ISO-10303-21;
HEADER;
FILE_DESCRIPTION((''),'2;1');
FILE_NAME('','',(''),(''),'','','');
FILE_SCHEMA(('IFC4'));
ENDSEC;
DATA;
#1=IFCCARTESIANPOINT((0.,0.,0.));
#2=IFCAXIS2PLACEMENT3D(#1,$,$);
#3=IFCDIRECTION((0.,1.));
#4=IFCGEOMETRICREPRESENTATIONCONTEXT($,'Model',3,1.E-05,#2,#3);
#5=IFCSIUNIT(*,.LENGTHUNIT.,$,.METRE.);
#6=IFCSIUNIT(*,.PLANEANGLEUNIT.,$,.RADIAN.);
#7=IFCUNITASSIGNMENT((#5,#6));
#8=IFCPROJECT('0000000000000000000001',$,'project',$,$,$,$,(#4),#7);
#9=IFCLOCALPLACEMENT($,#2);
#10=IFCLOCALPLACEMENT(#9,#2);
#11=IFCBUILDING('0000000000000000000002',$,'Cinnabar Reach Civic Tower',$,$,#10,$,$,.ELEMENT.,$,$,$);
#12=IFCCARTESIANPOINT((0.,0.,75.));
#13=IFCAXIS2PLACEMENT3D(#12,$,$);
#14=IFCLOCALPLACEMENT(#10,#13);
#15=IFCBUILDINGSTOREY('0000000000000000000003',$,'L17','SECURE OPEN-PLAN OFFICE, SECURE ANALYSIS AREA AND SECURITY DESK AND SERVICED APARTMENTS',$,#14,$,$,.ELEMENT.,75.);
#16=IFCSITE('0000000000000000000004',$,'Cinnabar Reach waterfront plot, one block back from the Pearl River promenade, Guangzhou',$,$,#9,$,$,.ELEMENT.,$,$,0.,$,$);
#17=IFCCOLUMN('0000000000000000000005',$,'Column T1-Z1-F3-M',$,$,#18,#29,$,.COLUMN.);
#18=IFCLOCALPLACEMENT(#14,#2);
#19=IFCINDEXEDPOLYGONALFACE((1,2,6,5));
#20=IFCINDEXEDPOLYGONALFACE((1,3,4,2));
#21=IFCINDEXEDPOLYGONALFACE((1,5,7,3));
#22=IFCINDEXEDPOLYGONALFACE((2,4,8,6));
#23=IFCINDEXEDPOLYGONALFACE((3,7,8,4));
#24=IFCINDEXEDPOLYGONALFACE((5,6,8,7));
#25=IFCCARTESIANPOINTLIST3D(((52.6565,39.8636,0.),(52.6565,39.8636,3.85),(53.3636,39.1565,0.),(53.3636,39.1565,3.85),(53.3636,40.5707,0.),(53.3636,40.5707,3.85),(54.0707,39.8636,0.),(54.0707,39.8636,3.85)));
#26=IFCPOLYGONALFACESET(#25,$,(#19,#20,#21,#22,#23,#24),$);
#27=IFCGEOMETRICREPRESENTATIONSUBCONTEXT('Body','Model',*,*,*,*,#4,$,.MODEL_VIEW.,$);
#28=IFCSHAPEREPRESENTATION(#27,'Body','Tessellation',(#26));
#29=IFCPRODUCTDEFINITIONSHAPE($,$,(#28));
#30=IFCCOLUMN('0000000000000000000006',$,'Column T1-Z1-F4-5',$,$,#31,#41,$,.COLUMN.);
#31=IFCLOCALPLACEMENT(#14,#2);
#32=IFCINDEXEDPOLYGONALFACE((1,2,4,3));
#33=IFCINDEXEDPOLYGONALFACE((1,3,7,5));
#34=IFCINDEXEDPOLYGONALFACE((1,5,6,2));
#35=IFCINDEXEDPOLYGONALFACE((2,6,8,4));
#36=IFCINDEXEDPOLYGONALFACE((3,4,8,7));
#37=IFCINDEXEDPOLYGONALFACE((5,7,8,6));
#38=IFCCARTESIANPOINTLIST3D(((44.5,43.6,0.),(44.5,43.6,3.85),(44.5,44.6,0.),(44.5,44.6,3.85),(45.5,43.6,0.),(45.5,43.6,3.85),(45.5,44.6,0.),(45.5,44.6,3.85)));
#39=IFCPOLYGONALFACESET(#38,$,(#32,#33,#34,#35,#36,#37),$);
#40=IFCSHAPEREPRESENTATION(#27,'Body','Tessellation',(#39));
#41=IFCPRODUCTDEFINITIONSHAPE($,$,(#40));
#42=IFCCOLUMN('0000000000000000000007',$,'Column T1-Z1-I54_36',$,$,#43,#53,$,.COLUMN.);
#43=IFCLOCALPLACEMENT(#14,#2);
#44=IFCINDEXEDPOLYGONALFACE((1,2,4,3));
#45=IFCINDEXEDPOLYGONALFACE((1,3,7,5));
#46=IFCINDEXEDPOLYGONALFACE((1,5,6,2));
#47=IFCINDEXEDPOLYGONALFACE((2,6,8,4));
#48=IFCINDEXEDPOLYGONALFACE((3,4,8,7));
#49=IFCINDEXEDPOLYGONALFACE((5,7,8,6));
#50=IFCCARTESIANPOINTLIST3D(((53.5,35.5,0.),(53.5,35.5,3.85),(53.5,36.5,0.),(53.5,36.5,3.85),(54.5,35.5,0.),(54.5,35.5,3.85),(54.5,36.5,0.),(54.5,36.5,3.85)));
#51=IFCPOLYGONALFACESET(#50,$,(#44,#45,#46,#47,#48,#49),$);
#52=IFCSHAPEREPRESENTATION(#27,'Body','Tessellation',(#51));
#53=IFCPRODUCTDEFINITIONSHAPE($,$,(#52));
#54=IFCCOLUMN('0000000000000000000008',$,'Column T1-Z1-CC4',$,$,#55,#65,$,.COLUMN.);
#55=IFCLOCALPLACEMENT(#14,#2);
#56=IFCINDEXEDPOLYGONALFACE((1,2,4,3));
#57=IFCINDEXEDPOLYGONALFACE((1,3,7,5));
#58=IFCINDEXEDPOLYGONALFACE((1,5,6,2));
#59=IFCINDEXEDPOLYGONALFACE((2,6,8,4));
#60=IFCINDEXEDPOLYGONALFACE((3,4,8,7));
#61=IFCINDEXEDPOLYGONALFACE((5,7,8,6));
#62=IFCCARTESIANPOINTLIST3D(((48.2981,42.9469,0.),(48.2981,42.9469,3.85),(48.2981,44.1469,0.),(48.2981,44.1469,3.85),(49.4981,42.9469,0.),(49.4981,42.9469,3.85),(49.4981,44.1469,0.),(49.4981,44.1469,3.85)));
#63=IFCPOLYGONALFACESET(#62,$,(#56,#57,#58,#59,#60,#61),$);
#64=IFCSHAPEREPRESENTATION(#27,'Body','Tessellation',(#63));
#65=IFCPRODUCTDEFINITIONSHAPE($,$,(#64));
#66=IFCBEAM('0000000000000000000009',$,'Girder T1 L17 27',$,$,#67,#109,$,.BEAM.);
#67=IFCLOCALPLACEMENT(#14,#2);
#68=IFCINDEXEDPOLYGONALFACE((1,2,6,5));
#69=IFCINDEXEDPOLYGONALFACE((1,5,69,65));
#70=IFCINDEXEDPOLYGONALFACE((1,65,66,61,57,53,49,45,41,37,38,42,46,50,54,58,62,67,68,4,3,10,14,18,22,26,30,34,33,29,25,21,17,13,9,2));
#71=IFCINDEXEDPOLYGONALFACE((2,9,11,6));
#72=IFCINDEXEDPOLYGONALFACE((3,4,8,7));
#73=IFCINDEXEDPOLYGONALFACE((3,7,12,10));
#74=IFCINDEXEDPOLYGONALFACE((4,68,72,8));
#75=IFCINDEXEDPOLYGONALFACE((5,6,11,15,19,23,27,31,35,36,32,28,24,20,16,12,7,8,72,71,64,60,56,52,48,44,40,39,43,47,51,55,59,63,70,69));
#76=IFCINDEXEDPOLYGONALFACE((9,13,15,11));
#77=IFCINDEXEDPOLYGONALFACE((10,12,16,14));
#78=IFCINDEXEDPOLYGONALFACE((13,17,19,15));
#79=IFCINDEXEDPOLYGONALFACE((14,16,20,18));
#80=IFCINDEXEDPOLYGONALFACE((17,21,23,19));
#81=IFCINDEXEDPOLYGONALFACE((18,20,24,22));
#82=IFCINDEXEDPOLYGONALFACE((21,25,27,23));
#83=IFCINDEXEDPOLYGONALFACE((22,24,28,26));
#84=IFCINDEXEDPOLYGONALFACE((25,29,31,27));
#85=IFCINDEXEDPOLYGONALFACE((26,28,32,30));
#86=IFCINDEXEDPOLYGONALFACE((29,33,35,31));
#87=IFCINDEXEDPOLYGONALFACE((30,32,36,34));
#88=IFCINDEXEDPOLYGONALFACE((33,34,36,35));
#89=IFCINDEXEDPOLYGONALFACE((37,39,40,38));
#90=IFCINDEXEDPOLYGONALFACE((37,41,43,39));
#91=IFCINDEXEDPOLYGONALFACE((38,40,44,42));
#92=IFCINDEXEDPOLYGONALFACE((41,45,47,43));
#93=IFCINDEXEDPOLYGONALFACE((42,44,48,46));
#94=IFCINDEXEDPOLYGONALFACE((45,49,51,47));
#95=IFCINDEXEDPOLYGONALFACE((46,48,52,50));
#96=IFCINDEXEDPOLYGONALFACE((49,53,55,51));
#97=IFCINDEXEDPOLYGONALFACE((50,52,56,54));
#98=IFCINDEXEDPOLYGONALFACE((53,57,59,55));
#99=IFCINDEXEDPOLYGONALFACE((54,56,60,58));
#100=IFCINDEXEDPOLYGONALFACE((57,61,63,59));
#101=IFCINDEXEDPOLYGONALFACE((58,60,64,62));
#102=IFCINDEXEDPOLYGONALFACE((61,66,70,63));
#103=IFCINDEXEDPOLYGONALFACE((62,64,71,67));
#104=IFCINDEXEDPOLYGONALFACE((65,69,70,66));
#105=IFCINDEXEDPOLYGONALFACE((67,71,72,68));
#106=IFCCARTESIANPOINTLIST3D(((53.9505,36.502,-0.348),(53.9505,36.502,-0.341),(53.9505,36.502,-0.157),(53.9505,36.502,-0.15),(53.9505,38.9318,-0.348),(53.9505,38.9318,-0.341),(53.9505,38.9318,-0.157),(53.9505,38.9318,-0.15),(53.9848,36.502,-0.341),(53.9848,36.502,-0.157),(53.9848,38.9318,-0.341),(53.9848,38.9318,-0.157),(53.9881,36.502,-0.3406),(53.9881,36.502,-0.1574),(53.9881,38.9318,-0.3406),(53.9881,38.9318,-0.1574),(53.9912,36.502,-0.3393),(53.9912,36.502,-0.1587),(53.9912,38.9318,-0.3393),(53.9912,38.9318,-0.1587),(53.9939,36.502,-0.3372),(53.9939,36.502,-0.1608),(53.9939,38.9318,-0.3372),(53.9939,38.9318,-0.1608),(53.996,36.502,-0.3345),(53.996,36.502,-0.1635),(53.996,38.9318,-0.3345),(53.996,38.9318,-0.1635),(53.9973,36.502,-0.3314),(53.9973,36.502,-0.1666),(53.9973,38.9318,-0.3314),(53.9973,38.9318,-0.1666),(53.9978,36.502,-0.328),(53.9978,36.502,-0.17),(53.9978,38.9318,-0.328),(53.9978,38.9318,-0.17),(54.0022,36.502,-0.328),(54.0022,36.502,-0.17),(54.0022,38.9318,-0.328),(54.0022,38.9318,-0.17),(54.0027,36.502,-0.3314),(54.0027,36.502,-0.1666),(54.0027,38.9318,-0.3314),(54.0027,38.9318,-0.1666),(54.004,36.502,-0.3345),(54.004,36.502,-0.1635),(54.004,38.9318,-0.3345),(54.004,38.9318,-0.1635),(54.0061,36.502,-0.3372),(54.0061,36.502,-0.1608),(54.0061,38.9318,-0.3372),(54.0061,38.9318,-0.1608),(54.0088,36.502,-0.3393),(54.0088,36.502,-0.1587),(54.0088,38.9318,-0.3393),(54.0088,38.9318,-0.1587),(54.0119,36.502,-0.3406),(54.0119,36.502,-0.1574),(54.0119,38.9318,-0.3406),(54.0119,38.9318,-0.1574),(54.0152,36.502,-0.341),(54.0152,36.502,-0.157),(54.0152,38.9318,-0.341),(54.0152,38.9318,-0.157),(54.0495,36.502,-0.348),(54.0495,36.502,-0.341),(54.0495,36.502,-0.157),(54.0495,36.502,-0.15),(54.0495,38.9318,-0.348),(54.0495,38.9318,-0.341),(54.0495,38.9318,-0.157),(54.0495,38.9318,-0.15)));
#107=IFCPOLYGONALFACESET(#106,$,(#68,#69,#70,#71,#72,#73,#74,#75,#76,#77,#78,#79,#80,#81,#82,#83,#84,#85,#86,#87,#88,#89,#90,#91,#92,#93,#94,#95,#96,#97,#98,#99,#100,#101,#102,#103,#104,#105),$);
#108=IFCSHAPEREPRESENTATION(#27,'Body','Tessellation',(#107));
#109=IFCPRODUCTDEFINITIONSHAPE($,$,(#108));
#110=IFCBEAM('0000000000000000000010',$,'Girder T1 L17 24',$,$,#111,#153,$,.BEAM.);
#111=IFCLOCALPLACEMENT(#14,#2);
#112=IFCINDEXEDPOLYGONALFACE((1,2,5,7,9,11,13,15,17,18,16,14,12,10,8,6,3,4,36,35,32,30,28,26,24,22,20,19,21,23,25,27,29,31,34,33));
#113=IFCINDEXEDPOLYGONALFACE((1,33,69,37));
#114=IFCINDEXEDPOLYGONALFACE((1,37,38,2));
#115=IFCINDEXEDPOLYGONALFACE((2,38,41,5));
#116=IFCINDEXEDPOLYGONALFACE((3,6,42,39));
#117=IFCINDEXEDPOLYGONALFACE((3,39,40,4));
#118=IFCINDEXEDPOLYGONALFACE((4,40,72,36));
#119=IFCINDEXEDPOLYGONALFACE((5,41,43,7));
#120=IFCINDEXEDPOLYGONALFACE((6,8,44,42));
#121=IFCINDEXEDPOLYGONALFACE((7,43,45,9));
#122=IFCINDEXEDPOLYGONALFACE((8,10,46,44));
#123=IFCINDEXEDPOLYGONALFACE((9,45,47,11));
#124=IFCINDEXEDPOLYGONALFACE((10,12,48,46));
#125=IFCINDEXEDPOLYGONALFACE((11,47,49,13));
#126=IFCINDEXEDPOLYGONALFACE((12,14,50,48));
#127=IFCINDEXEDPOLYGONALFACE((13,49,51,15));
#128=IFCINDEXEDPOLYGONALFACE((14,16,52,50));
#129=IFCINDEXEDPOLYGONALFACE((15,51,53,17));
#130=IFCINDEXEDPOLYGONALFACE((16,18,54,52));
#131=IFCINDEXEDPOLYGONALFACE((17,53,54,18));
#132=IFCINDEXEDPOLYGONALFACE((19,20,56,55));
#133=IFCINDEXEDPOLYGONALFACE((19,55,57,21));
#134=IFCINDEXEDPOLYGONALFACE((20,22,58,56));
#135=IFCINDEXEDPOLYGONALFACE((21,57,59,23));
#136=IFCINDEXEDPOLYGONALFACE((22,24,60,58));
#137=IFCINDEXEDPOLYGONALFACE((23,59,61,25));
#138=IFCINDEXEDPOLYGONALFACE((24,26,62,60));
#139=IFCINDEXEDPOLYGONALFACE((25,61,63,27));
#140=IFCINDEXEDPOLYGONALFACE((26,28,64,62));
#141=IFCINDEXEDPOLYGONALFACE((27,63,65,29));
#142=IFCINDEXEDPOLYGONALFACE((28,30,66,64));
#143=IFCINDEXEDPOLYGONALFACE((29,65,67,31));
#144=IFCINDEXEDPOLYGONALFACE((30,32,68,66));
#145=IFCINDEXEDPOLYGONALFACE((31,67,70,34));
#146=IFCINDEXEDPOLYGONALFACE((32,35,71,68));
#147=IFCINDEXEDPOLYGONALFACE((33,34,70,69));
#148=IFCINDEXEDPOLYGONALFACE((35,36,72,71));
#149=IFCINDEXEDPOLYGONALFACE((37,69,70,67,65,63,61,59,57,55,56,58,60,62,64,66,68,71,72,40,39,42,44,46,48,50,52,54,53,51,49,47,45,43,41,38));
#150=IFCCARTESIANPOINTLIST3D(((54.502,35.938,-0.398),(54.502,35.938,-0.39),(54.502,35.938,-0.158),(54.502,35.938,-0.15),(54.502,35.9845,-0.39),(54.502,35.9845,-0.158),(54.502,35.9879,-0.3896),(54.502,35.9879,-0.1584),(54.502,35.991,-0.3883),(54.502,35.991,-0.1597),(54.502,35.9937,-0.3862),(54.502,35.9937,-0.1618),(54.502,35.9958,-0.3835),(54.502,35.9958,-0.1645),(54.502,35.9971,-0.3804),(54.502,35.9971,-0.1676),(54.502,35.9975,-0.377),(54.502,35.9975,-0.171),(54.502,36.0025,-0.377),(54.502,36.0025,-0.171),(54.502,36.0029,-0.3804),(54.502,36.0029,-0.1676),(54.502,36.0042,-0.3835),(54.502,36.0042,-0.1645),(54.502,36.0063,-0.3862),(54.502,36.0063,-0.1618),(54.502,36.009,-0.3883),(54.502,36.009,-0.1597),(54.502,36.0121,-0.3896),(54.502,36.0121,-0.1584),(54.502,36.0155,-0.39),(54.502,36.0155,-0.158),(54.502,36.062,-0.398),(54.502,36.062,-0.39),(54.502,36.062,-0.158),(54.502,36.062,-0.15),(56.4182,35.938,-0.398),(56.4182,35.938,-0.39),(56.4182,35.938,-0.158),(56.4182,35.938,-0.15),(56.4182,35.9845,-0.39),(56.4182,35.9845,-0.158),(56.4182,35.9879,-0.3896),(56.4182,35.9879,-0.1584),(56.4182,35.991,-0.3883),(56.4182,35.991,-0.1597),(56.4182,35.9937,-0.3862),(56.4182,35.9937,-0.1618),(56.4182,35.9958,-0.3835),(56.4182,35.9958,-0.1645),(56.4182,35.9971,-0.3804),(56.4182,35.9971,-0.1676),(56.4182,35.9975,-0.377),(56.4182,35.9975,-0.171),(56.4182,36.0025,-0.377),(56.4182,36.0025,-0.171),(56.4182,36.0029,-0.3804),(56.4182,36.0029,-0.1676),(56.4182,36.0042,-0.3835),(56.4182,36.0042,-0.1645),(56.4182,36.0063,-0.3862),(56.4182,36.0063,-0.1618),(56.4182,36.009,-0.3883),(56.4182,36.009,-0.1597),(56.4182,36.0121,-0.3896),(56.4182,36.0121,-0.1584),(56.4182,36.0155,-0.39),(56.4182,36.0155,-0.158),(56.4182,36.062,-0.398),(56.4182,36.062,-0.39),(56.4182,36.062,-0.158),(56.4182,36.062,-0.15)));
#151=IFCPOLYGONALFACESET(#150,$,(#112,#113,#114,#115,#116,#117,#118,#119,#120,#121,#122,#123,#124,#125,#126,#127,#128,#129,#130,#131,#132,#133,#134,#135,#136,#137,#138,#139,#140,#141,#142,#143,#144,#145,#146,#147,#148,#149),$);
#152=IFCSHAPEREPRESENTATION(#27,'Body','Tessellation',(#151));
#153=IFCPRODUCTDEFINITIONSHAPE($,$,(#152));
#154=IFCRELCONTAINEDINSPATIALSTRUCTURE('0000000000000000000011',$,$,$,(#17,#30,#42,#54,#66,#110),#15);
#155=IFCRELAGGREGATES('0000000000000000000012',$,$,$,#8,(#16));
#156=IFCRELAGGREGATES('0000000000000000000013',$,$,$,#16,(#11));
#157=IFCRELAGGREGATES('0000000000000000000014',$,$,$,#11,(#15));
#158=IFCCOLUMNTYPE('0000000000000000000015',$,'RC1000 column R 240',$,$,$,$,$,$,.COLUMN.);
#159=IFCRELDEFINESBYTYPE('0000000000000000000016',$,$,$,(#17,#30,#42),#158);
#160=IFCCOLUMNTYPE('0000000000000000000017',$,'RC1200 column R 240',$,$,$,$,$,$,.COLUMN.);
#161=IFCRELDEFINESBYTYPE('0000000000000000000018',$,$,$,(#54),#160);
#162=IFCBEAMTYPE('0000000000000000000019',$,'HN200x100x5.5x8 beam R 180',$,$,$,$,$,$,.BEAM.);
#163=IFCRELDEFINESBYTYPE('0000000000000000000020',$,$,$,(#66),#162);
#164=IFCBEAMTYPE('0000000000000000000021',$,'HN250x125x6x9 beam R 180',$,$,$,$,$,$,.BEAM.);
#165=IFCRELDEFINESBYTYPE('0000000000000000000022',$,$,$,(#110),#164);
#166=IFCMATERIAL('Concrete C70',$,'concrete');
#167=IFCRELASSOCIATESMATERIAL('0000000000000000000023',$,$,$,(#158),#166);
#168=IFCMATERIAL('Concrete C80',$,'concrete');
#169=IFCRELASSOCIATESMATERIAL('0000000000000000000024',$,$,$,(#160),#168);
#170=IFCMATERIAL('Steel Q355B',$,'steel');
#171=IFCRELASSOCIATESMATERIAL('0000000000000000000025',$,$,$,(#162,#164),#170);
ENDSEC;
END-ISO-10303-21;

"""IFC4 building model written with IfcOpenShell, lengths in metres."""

from ifc_helpers import new_model, si_unit, direction, frame, origin, origin_2d, place, context, subcontext, project, spatial, rectangle, i_section, extrude, material, material_profile, profile_set, type_object, element, save


model = new_model("IFC4")

# Units and contexts
model_context = context("Model", 3, precision=1e-05, world=origin(), true_north=direction((0.0, 1.0)))
body_context = subcontext(model_context, "Body", "Model", "MODEL_VIEW")
ifc_project = project(units=[si_unit("LENGTHUNIT", "METRE"), si_unit("PLANEANGLEUNIT", "RADIAN")], contexts=[model_context])

# Site, building, storey
site_placement = place(None, origin())
site = spatial("IfcSite", under=ifc_project, at=site_placement, Name="Cinnabar Reach waterfront plot, one block back from the Pearl River promenade, Guangzhou", CompositionType="ELEMENT", RefElevation=0.0)
building_placement = place(site_placement, origin())
building = spatial("IfcBuilding", under=site, at=building_placement, Name="Cinnabar Reach Civic Tower", CompositionType="ELEMENT")
storey_placement = place(building_placement, frame((0.0, 0.0, 75.0)))
storey = spatial("IfcBuildingStorey", under=building, at=storey_placement, Name="L17", Description="SECURE OPEN-PLAN OFFICE, SECURE ANALYSIS AREA AND SECURITY DESK AND SERVICED APARTMENTS", CompositionType="ELEMENT", Elevation=75.0)

# Columns
ifc_material_1 = material(Name="Concrete C70", Category="concrete")
ifc_material_profile_1 = material_profile(ifc_material_1, rectangle(XDim=1.0, YDim=1.0, at=origin_2d()), Name="RC1000")
ifc_profile_set_1 = profile_set([ifc_material_profile_1], Name="Concrete C70")
column_type_1 = type_object("IfcColumnType", Name="RC1000 column R 240", PredefinedType="COLUMN", material=ifc_profile_set_1)
for number, where, z_axis, x_axis, name in (
    (1, (53.3636, 39.8636, 0.0), (0.0, 0.0, 1.0), (0.707107, 0.707107, 0.0), "Column T1-Z1-F3-M"),
    (2, (45.0, 44.1, 0.0), (0.0, 0.0, 1.0), (1.0, 0.0, 0.0), "Column T1-Z1-F4-5"),
    (3, (54.0, 36.0, 0.0), (0.0, 0.0, 1.0), (1.0, 0.0, 0.0), "Column T1-Z1-I54_36"),
):
    element("IfcColumn", number, at=place(storey_placement, frame(where, z_axis=z_axis, x_axis=x_axis)), inside=storey, type_object=column_type_1, Name=name, PredefinedType="COLUMN", context=body_context, shape_type="SweptSolid", body=[
        extrude(rectangle(XDim=1.0, YDim=1.0, at=origin_2d()), origin(), (0.0, 0.0, 1.0), 3.85),
    ])
ifc_material_2 = material(Name="Concrete C80", Category="concrete")
ifc_material_profile_2 = material_profile(ifc_material_2, rectangle(XDim=1.2, YDim=1.2, at=origin_2d()), Name="RC1200")
ifc_profile_set_2 = profile_set([ifc_material_profile_2], Name="Concrete C80")
column_type_2 = type_object("IfcColumnType", Name="RC1200 column R 240", PredefinedType="COLUMN", material=ifc_profile_set_2)
column_placement = place(storey_placement, frame((48.8981, 43.5469, 0.0), z_axis=(0.0, 0.0, 1.0), x_axis=(1.0, 0.0, 0.0)))
element("IfcColumn", 4, at=column_placement, inside=storey, type_object=column_type_2, Name="Column T1-Z1-CC4", PredefinedType="COLUMN", context=body_context, shape_type="SweptSolid", body=[
    extrude(rectangle(XDim=1.2, YDim=1.2, at=origin_2d()), origin(), (0.0, 0.0, 1.0), 3.85),
])

# Beams
ifc_material_3 = material(Name="Steel Q355B", Category="steel")
ifc_material_profile_3 = material_profile(ifc_material_3, i_section(OverallWidth=0.099, OverallDepth=0.198, WebThickness=0.0045, FlangeThickness=0.007, FilletRadius=0.013, at=origin_2d()), Name="HN200x100x5.5x8")
ifc_profile_set_3 = profile_set([ifc_material_profile_3], Name="Steel Q355B")
beam_type_1 = type_object("IfcBeamType", Name="HN200x100x5.5x8 beam R 180", PredefinedType="BEAM", material=ifc_profile_set_3)
beam_1_placement = place(storey_placement, frame((54.0, 36.502, -0.249), z_axis=(0.0, 1.0, 0.0), x_axis=(-1.0, 0.0, 0.0)))
element("IfcBeam", 5, at=beam_1_placement, inside=storey, type_object=beam_type_1, Name="Girder T1 L17 27", PredefinedType="BEAM", context=body_context, shape_type="SweptSolid", body=[
    extrude(i_section(OverallWidth=0.099, OverallDepth=0.198, WebThickness=0.0045, FlangeThickness=0.007, FilletRadius=0.013, at=origin_2d()), origin(), (0.0, 0.0, 1.0), 2.4298),
])
ifc_material_profile_4 = material_profile(ifc_material_3, i_section(OverallWidth=0.124, OverallDepth=0.248, WebThickness=0.005, FlangeThickness=0.008, FilletRadius=0.013, at=origin_2d()), Name="HN250x125x6x9")
ifc_profile_set_4 = profile_set([ifc_material_profile_4], Name="Steel Q355B")
beam_type_2 = type_object("IfcBeamType", Name="HN250x125x6x9 beam R 180", PredefinedType="BEAM", material=ifc_profile_set_4)
beam_2_placement = place(storey_placement, frame((54.502, 36.0, -0.274), z_axis=(1.0, 0.0, 0.0), x_axis=(0.0, 1.0, 0.0)))
element("IfcBeam", 6, at=beam_2_placement, inside=storey, type_object=beam_type_2, Name="Girder T1 L17 24", PredefinedType="BEAM", context=body_context, shape_type="SweptSolid", body=[
    extrude(i_section(OverallWidth=0.124, OverallDepth=0.248, WebThickness=0.005, FlangeThickness=0.008, FilletRadius=0.013, at=origin_2d()), origin(), (0.0, 0.0, 1.0), 1.9162),
])

save(model, "model.ifc")
